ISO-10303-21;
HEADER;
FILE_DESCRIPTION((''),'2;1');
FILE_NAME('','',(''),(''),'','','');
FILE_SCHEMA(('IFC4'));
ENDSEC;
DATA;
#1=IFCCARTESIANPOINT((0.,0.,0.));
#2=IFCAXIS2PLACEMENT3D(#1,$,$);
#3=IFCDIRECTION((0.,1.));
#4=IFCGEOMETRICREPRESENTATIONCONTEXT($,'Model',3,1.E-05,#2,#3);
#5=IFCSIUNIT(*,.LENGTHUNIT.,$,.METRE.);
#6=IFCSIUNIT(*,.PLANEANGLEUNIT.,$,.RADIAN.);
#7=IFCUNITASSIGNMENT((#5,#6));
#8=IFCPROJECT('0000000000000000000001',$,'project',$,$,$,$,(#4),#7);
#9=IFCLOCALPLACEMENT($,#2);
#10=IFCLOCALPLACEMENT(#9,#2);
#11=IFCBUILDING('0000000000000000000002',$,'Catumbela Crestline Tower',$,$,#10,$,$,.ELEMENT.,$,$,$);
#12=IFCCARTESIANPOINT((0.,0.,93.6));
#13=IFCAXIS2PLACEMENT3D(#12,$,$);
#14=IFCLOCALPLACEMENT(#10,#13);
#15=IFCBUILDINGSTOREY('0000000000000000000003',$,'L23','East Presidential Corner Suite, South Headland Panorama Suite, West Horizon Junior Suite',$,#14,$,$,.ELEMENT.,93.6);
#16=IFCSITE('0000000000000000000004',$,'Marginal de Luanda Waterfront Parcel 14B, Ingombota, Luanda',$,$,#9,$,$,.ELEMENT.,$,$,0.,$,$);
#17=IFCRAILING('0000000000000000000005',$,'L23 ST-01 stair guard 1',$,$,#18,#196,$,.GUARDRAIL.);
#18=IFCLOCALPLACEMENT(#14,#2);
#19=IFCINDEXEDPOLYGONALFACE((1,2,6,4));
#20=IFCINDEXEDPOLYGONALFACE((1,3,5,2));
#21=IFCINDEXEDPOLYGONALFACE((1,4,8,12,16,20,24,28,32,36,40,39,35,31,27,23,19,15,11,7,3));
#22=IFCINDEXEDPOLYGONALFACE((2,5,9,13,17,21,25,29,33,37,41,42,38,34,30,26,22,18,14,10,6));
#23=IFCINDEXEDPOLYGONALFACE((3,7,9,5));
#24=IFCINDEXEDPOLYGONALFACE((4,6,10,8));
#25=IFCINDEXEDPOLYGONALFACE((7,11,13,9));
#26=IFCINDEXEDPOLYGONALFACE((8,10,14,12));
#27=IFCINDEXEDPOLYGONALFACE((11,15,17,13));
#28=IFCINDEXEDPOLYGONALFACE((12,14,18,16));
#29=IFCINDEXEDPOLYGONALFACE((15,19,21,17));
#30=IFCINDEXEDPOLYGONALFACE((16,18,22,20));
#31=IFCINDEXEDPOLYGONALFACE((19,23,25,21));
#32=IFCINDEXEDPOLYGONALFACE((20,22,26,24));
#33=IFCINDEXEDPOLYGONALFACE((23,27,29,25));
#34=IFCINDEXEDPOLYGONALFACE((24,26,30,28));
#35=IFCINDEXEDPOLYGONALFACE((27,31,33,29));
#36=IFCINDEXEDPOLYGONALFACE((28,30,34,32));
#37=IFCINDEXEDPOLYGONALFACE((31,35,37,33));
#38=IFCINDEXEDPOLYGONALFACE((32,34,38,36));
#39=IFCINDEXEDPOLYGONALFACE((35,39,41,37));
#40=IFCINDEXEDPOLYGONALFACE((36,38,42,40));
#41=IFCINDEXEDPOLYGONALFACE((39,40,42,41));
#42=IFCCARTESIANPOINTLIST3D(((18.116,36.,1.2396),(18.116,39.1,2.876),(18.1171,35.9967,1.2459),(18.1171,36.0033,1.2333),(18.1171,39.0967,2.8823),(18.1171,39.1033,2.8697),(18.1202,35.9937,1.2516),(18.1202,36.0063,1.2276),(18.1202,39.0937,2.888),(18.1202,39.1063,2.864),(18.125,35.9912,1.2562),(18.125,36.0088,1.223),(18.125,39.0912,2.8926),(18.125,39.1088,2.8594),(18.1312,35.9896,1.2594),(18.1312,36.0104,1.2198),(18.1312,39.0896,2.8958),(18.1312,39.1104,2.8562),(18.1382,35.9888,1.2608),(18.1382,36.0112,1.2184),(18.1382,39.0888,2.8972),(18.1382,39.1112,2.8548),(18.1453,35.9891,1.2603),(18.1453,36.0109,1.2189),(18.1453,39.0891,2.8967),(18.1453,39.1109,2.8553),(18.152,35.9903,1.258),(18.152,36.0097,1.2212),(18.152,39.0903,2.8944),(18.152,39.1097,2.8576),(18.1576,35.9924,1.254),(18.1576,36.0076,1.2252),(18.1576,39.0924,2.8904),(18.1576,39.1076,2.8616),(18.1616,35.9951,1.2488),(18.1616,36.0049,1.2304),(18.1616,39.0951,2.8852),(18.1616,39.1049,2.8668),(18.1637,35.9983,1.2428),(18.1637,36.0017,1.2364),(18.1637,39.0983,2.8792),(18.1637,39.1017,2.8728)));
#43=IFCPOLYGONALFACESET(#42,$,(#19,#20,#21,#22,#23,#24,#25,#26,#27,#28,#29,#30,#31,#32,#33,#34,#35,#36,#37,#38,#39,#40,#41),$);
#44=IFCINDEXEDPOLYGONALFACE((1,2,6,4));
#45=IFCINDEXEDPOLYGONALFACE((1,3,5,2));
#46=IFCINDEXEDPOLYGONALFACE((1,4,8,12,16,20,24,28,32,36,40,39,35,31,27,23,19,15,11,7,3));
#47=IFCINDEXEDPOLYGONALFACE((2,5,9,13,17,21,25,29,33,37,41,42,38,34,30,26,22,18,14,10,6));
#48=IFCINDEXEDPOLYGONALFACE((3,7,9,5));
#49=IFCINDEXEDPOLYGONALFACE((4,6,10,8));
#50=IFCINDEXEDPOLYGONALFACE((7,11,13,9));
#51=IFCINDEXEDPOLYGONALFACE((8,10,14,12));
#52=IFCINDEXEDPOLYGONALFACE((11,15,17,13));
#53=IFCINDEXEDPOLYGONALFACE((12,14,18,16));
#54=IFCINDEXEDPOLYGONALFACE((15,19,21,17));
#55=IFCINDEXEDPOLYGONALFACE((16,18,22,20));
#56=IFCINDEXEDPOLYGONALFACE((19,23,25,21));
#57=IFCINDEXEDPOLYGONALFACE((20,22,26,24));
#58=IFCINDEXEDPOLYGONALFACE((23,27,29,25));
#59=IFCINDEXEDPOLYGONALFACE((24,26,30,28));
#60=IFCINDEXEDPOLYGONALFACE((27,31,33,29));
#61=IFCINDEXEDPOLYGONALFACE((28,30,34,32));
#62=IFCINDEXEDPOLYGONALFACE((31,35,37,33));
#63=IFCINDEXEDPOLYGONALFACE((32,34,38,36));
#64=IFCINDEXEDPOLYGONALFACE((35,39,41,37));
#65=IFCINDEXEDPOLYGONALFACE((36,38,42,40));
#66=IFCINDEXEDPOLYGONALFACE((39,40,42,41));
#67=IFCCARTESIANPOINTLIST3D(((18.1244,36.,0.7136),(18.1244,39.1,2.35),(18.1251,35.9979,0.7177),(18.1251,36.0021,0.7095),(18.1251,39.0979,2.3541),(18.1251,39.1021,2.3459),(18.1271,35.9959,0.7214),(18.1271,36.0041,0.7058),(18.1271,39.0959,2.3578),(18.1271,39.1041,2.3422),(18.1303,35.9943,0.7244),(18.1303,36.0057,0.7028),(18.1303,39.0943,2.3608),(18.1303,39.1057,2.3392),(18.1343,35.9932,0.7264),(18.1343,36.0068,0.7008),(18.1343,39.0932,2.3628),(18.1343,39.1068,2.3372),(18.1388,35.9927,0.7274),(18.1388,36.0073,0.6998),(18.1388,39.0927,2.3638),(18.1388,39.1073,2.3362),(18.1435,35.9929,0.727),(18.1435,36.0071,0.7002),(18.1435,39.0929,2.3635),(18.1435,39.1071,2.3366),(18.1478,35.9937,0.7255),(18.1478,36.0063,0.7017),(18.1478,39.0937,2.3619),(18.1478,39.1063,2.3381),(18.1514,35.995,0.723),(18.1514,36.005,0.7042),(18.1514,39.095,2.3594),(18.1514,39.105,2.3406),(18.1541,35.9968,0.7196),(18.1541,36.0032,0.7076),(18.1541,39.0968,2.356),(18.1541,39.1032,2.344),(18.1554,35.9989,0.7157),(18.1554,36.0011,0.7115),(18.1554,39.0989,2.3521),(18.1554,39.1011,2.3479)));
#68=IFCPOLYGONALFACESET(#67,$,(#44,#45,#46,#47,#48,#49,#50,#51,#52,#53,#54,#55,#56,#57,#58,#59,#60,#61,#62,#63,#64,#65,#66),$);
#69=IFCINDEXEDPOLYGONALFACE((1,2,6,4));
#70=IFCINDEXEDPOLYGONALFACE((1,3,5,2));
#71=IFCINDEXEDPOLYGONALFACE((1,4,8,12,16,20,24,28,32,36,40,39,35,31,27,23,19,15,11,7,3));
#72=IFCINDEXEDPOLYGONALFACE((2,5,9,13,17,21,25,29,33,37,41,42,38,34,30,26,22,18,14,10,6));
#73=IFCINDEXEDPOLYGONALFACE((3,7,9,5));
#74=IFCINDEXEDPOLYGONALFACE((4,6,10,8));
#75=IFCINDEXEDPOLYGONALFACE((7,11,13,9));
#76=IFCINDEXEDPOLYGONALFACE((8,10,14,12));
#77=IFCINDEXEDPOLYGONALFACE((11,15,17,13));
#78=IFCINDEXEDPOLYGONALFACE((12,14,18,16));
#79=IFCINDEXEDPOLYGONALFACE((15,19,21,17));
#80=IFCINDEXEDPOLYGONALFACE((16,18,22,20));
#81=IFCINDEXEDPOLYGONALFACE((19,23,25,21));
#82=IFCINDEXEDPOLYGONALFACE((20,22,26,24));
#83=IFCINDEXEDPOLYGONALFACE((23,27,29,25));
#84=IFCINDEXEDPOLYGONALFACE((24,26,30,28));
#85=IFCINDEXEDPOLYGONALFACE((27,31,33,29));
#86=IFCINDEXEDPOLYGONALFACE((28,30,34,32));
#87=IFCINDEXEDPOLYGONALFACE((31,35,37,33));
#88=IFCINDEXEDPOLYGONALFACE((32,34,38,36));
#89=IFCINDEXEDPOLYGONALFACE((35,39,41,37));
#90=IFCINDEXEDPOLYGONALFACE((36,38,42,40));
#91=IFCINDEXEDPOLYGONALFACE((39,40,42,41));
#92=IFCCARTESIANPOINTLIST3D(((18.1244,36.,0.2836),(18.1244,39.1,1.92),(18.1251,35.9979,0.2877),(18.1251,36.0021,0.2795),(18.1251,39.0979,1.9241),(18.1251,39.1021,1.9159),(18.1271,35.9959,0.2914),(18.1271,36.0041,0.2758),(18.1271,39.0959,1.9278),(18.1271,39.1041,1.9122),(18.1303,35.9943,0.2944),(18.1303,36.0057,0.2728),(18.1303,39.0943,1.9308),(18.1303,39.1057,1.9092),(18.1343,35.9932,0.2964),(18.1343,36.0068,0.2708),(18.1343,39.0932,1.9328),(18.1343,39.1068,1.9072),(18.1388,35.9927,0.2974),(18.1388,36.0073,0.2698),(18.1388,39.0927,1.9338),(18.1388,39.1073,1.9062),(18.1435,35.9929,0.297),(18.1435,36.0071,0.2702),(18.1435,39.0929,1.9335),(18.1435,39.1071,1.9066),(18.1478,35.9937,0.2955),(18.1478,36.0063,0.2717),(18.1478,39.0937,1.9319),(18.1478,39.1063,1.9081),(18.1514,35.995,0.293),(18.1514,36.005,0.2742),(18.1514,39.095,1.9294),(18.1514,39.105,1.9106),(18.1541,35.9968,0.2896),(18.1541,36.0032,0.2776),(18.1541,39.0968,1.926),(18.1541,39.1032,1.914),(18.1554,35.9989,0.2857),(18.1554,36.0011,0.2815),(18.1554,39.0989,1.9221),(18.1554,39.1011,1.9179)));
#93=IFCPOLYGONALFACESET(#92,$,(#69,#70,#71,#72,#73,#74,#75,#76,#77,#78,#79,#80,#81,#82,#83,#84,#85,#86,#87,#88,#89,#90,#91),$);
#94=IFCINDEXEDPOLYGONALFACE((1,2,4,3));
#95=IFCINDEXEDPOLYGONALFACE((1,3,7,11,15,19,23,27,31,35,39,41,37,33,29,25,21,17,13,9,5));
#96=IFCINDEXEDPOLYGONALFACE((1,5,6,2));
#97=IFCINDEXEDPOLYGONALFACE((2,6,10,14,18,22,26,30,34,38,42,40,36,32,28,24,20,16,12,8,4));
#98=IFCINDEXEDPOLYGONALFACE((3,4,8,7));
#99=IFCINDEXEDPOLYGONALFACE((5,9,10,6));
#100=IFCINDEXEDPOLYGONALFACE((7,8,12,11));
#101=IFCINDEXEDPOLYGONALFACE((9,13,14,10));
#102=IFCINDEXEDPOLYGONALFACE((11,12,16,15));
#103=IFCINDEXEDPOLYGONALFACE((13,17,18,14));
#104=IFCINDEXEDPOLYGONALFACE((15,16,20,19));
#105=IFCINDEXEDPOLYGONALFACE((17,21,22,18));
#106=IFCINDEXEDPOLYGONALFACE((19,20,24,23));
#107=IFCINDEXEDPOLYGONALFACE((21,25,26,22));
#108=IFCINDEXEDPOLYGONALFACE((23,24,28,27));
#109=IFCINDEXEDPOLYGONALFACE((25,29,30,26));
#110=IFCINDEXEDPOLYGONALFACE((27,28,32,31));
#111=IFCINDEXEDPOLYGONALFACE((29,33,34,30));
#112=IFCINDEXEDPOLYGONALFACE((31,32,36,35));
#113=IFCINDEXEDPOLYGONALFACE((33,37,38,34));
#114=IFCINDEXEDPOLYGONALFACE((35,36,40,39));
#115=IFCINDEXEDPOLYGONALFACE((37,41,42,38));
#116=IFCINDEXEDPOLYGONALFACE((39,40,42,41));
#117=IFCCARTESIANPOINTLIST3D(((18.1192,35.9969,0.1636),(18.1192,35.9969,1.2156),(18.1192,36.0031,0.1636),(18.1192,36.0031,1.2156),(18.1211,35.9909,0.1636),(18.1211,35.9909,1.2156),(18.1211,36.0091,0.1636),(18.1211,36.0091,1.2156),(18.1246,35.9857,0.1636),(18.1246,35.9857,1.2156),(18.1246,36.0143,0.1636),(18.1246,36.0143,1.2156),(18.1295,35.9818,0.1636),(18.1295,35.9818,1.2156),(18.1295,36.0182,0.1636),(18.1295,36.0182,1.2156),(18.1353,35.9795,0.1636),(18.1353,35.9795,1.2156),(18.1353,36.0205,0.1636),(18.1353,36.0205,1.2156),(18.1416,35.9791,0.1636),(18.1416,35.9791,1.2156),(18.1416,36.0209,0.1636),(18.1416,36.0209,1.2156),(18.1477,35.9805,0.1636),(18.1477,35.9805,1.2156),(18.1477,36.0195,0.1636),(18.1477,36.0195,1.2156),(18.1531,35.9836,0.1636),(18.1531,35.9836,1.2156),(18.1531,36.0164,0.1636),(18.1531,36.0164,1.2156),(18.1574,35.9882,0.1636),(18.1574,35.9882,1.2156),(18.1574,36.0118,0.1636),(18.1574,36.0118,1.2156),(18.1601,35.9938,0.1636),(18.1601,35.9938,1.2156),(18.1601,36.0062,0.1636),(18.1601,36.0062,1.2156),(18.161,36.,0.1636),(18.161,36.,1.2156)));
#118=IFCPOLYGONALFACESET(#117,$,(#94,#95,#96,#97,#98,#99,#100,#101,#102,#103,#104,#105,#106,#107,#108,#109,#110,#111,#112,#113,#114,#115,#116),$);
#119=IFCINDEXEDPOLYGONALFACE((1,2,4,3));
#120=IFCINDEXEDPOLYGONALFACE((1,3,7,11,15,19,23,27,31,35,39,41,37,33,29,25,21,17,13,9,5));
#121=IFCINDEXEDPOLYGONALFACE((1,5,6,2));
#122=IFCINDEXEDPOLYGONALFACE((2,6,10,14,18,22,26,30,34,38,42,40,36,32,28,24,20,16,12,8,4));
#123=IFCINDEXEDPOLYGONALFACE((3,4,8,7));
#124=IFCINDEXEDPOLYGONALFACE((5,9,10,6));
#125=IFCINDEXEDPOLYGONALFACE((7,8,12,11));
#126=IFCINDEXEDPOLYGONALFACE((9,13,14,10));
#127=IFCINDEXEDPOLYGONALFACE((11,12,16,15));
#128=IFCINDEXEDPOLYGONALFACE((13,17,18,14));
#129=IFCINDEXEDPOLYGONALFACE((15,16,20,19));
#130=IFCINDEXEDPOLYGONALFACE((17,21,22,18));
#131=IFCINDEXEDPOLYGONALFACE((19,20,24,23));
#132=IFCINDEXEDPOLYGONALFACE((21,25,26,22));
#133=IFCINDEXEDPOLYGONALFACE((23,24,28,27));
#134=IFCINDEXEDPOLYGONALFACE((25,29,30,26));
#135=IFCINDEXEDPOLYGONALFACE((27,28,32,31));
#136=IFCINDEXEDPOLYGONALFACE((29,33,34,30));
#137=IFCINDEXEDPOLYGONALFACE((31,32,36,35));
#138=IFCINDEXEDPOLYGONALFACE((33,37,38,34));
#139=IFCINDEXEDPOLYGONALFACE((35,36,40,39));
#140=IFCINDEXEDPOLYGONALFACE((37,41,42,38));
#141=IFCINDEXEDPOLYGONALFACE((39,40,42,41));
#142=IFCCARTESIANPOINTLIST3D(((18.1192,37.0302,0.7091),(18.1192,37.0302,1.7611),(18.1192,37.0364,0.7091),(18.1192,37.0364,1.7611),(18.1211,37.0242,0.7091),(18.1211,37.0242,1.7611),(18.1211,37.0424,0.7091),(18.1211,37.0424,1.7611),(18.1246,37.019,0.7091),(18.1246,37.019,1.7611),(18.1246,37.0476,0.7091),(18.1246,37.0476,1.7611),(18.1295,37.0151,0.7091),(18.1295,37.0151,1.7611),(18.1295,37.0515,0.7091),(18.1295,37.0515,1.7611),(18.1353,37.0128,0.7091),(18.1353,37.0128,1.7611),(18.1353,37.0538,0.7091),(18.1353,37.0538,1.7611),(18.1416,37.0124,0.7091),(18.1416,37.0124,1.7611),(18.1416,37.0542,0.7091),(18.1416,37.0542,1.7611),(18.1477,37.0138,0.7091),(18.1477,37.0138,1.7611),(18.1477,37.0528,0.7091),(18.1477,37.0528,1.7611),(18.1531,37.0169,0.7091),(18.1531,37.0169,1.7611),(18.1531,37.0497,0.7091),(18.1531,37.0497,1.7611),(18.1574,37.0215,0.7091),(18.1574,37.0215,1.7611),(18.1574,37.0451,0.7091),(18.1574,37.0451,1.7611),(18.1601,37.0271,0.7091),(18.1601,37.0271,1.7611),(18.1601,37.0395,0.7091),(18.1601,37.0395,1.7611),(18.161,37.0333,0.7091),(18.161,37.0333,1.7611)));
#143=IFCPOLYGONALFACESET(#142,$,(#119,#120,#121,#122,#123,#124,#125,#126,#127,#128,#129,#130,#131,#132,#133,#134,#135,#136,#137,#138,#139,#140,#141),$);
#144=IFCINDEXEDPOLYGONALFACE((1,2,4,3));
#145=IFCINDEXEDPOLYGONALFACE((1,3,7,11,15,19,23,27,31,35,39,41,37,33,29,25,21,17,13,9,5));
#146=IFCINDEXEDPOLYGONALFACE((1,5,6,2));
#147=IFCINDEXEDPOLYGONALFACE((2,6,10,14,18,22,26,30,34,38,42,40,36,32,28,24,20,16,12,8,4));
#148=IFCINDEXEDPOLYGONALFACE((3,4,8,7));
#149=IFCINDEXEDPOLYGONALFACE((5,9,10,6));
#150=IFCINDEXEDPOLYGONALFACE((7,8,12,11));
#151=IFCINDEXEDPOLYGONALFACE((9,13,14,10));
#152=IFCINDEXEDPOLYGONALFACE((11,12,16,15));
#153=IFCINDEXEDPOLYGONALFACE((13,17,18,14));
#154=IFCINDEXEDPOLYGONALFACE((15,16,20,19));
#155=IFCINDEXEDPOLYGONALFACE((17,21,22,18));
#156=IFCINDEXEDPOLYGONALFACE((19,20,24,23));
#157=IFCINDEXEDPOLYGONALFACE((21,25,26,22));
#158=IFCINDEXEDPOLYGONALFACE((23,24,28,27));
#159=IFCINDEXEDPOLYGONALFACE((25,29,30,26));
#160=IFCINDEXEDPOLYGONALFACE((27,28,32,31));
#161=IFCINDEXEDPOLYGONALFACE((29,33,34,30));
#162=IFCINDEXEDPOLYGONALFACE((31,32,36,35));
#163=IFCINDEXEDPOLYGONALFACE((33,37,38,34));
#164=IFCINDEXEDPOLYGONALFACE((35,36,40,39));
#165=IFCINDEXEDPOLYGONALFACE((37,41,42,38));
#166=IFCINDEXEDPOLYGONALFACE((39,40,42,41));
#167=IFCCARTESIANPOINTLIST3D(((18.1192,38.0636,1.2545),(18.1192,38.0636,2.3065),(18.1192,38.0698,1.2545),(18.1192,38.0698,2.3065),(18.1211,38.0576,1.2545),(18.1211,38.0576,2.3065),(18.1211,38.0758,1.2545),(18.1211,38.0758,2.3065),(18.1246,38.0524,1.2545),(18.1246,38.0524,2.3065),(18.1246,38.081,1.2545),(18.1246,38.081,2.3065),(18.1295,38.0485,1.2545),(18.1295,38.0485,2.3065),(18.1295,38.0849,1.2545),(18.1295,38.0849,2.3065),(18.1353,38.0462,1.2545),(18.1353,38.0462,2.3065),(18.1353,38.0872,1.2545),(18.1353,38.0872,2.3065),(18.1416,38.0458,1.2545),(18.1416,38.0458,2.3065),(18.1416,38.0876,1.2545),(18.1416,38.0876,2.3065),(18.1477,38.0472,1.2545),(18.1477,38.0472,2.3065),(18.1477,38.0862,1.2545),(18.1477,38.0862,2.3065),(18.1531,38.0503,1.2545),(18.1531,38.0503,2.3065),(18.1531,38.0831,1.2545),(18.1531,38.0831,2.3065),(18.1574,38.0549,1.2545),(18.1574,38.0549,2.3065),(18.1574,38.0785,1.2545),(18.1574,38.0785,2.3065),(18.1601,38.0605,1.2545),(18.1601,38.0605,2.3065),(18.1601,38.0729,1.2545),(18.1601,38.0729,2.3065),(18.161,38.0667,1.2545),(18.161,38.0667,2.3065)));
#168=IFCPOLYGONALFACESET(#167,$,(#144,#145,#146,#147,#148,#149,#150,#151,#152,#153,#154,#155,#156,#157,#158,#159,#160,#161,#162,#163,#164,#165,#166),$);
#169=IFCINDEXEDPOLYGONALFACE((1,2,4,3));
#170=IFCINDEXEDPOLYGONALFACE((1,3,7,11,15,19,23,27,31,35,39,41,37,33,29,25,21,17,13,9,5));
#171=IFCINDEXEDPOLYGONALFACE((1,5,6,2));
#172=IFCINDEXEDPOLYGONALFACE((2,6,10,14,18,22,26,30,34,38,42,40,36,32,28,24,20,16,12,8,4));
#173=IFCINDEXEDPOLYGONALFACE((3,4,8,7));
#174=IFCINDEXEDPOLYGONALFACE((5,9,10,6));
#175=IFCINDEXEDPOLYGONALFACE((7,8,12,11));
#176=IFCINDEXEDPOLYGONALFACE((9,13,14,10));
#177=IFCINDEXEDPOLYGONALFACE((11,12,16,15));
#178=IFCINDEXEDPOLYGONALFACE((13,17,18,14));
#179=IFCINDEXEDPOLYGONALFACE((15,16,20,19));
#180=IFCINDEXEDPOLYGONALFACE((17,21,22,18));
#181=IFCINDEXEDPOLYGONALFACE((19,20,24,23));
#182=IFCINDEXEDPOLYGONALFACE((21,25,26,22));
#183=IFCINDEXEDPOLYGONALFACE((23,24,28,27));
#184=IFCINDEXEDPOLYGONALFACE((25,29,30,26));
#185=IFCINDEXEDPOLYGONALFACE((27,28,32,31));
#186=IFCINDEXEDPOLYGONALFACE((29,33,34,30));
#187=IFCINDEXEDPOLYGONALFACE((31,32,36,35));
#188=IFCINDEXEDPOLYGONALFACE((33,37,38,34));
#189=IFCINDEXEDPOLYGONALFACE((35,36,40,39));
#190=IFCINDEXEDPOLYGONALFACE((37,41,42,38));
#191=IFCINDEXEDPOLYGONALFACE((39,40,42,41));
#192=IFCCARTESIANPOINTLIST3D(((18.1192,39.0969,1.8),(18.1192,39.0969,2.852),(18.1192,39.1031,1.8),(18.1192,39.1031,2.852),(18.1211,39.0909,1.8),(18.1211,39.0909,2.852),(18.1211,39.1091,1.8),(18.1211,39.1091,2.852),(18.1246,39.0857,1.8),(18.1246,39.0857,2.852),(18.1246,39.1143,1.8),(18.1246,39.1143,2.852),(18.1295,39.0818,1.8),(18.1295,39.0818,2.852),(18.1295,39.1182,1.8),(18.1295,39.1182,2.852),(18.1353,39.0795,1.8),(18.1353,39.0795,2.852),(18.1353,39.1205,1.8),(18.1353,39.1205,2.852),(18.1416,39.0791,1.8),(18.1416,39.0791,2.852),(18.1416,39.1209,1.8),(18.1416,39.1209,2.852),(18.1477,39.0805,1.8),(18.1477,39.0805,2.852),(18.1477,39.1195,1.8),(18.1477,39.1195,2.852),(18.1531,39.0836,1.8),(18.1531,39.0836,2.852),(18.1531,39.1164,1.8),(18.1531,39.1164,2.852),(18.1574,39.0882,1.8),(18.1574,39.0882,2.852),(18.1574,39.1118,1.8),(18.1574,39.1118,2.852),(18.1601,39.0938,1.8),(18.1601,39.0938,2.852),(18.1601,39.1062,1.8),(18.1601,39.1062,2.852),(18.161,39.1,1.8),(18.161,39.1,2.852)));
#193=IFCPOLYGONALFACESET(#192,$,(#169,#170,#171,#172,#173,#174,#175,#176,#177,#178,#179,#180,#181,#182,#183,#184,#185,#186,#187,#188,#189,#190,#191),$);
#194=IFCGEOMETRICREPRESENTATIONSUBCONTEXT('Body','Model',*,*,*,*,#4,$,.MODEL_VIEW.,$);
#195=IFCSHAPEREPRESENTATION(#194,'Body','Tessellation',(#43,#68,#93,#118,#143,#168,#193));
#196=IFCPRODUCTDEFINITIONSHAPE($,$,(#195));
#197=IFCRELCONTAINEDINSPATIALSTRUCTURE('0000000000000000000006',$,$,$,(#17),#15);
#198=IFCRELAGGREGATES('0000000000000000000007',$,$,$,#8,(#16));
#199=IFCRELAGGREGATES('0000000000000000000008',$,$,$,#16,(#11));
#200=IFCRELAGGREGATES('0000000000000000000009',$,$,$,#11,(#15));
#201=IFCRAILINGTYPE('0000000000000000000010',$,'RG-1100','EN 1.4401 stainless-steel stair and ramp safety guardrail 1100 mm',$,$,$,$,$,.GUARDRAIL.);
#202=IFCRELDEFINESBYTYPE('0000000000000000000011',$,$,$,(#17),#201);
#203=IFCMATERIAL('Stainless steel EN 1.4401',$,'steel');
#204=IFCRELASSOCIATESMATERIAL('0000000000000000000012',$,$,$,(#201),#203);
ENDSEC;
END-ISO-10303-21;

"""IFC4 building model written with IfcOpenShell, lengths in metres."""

from ifc_helpers import new_model, si_unit, direction, frame, origin, origin_2d, place, context, subcontext, project, spatial, circle, extrude, material, type_object, element, save


model = new_model("IFC4")

# Units and contexts
model_context = context("Model", 3, precision=1e-05, world=origin(), true_north=direction((0.0, 1.0)))
body_context = subcontext(model_context, "Body", "Model", "MODEL_VIEW")
ifc_project = project(units=[si_unit("LENGTHUNIT", "METRE"), si_unit("PLANEANGLEUNIT", "RADIAN")], contexts=[model_context])

# Site, building, storey
site_placement = place(None, origin())
site = spatial("IfcSite", under=ifc_project, at=site_placement, Name="Marginal de Luanda Waterfront Parcel 14B, Ingombota, Luanda", CompositionType="ELEMENT", RefElevation=0.0)
building_placement = place(site_placement, origin())
building = spatial("IfcBuilding", under=site, at=building_placement, Name="Catumbela Crestline Tower", CompositionType="ELEMENT")
storey_placement = place(building_placement, frame((0.0, 0.0, 93.6)))
storey = spatial("IfcBuildingStorey", under=building, at=storey_placement, Name="L23", Description="East Presidential Corner Suite, South Headland Panorama Suite, West Horizon Junior Suite", CompositionType="ELEMENT", Elevation=93.6)

# Railing
ifc_material_1 = material(Name="Stainless steel EN 1.4401", Category="steel")
railing_type_1 = type_object("IfcRailingType", Name="RG-1100", Description="EN 1.4401 stainless-steel stair and ramp safety guardrail 1100 mm", PredefinedType="GUARDRAIL", material=ifc_material_1)
railing_1_placement = place(storey_placement, frame((18.14, 36.0, 0.1636)))
element("IfcRailing", 1, at=railing_1_placement, inside=storey, type_object=railing_type_1, Name="L23 ST-01 stair guard 1", PredefinedType="GUARDRAIL", context=body_context, shape_type="SweptSolid", body=[
    extrude(circle(Radius=0.024, at=origin_2d()), frame((0.0, 0.0, 1.076), z_axis=(0.0, 0.884351, 0.466823), x_axis=(-1.0, 0.0, 0.0)), (0.0, 0.0, 1.0), 3.5054),
    extrude(circle(Radius=0.0156, at=origin_2d()), frame((0.0, 0.0, 0.55), z_axis=(0.0, 0.884351, 0.466823), x_axis=(-1.0, 0.0, 0.0)), (0.0, 0.0, 1.0), 3.5054),
    extrude(circle(Radius=0.0156, at=origin_2d()), frame((0.0, 0.0, 0.12), z_axis=(0.0, 0.884351, 0.466823), x_axis=(-1.0, 0.0, 0.0)), (0.0, 0.0, 1.0), 3.5054),
    extrude(circle(Radius=0.021, at=origin_2d()), origin(), (0.0, 0.0, 1.0), 1.052),
    extrude(circle(Radius=0.021, at=origin_2d()), frame((0.0, 1.0333, 0.5455)), (0.0, 0.0, 1.0), 1.052),
    extrude(circle(Radius=0.021, at=origin_2d()), frame((0.0, 2.0667, 1.0909)), (0.0, 0.0, 1.0), 1.052),
    extrude(circle(Radius=0.021, at=origin_2d()), frame((0.0, 3.1, 1.6364)), (0.0, 0.0, 1.0), 1.052),
])

save(model, "model.ifc")
